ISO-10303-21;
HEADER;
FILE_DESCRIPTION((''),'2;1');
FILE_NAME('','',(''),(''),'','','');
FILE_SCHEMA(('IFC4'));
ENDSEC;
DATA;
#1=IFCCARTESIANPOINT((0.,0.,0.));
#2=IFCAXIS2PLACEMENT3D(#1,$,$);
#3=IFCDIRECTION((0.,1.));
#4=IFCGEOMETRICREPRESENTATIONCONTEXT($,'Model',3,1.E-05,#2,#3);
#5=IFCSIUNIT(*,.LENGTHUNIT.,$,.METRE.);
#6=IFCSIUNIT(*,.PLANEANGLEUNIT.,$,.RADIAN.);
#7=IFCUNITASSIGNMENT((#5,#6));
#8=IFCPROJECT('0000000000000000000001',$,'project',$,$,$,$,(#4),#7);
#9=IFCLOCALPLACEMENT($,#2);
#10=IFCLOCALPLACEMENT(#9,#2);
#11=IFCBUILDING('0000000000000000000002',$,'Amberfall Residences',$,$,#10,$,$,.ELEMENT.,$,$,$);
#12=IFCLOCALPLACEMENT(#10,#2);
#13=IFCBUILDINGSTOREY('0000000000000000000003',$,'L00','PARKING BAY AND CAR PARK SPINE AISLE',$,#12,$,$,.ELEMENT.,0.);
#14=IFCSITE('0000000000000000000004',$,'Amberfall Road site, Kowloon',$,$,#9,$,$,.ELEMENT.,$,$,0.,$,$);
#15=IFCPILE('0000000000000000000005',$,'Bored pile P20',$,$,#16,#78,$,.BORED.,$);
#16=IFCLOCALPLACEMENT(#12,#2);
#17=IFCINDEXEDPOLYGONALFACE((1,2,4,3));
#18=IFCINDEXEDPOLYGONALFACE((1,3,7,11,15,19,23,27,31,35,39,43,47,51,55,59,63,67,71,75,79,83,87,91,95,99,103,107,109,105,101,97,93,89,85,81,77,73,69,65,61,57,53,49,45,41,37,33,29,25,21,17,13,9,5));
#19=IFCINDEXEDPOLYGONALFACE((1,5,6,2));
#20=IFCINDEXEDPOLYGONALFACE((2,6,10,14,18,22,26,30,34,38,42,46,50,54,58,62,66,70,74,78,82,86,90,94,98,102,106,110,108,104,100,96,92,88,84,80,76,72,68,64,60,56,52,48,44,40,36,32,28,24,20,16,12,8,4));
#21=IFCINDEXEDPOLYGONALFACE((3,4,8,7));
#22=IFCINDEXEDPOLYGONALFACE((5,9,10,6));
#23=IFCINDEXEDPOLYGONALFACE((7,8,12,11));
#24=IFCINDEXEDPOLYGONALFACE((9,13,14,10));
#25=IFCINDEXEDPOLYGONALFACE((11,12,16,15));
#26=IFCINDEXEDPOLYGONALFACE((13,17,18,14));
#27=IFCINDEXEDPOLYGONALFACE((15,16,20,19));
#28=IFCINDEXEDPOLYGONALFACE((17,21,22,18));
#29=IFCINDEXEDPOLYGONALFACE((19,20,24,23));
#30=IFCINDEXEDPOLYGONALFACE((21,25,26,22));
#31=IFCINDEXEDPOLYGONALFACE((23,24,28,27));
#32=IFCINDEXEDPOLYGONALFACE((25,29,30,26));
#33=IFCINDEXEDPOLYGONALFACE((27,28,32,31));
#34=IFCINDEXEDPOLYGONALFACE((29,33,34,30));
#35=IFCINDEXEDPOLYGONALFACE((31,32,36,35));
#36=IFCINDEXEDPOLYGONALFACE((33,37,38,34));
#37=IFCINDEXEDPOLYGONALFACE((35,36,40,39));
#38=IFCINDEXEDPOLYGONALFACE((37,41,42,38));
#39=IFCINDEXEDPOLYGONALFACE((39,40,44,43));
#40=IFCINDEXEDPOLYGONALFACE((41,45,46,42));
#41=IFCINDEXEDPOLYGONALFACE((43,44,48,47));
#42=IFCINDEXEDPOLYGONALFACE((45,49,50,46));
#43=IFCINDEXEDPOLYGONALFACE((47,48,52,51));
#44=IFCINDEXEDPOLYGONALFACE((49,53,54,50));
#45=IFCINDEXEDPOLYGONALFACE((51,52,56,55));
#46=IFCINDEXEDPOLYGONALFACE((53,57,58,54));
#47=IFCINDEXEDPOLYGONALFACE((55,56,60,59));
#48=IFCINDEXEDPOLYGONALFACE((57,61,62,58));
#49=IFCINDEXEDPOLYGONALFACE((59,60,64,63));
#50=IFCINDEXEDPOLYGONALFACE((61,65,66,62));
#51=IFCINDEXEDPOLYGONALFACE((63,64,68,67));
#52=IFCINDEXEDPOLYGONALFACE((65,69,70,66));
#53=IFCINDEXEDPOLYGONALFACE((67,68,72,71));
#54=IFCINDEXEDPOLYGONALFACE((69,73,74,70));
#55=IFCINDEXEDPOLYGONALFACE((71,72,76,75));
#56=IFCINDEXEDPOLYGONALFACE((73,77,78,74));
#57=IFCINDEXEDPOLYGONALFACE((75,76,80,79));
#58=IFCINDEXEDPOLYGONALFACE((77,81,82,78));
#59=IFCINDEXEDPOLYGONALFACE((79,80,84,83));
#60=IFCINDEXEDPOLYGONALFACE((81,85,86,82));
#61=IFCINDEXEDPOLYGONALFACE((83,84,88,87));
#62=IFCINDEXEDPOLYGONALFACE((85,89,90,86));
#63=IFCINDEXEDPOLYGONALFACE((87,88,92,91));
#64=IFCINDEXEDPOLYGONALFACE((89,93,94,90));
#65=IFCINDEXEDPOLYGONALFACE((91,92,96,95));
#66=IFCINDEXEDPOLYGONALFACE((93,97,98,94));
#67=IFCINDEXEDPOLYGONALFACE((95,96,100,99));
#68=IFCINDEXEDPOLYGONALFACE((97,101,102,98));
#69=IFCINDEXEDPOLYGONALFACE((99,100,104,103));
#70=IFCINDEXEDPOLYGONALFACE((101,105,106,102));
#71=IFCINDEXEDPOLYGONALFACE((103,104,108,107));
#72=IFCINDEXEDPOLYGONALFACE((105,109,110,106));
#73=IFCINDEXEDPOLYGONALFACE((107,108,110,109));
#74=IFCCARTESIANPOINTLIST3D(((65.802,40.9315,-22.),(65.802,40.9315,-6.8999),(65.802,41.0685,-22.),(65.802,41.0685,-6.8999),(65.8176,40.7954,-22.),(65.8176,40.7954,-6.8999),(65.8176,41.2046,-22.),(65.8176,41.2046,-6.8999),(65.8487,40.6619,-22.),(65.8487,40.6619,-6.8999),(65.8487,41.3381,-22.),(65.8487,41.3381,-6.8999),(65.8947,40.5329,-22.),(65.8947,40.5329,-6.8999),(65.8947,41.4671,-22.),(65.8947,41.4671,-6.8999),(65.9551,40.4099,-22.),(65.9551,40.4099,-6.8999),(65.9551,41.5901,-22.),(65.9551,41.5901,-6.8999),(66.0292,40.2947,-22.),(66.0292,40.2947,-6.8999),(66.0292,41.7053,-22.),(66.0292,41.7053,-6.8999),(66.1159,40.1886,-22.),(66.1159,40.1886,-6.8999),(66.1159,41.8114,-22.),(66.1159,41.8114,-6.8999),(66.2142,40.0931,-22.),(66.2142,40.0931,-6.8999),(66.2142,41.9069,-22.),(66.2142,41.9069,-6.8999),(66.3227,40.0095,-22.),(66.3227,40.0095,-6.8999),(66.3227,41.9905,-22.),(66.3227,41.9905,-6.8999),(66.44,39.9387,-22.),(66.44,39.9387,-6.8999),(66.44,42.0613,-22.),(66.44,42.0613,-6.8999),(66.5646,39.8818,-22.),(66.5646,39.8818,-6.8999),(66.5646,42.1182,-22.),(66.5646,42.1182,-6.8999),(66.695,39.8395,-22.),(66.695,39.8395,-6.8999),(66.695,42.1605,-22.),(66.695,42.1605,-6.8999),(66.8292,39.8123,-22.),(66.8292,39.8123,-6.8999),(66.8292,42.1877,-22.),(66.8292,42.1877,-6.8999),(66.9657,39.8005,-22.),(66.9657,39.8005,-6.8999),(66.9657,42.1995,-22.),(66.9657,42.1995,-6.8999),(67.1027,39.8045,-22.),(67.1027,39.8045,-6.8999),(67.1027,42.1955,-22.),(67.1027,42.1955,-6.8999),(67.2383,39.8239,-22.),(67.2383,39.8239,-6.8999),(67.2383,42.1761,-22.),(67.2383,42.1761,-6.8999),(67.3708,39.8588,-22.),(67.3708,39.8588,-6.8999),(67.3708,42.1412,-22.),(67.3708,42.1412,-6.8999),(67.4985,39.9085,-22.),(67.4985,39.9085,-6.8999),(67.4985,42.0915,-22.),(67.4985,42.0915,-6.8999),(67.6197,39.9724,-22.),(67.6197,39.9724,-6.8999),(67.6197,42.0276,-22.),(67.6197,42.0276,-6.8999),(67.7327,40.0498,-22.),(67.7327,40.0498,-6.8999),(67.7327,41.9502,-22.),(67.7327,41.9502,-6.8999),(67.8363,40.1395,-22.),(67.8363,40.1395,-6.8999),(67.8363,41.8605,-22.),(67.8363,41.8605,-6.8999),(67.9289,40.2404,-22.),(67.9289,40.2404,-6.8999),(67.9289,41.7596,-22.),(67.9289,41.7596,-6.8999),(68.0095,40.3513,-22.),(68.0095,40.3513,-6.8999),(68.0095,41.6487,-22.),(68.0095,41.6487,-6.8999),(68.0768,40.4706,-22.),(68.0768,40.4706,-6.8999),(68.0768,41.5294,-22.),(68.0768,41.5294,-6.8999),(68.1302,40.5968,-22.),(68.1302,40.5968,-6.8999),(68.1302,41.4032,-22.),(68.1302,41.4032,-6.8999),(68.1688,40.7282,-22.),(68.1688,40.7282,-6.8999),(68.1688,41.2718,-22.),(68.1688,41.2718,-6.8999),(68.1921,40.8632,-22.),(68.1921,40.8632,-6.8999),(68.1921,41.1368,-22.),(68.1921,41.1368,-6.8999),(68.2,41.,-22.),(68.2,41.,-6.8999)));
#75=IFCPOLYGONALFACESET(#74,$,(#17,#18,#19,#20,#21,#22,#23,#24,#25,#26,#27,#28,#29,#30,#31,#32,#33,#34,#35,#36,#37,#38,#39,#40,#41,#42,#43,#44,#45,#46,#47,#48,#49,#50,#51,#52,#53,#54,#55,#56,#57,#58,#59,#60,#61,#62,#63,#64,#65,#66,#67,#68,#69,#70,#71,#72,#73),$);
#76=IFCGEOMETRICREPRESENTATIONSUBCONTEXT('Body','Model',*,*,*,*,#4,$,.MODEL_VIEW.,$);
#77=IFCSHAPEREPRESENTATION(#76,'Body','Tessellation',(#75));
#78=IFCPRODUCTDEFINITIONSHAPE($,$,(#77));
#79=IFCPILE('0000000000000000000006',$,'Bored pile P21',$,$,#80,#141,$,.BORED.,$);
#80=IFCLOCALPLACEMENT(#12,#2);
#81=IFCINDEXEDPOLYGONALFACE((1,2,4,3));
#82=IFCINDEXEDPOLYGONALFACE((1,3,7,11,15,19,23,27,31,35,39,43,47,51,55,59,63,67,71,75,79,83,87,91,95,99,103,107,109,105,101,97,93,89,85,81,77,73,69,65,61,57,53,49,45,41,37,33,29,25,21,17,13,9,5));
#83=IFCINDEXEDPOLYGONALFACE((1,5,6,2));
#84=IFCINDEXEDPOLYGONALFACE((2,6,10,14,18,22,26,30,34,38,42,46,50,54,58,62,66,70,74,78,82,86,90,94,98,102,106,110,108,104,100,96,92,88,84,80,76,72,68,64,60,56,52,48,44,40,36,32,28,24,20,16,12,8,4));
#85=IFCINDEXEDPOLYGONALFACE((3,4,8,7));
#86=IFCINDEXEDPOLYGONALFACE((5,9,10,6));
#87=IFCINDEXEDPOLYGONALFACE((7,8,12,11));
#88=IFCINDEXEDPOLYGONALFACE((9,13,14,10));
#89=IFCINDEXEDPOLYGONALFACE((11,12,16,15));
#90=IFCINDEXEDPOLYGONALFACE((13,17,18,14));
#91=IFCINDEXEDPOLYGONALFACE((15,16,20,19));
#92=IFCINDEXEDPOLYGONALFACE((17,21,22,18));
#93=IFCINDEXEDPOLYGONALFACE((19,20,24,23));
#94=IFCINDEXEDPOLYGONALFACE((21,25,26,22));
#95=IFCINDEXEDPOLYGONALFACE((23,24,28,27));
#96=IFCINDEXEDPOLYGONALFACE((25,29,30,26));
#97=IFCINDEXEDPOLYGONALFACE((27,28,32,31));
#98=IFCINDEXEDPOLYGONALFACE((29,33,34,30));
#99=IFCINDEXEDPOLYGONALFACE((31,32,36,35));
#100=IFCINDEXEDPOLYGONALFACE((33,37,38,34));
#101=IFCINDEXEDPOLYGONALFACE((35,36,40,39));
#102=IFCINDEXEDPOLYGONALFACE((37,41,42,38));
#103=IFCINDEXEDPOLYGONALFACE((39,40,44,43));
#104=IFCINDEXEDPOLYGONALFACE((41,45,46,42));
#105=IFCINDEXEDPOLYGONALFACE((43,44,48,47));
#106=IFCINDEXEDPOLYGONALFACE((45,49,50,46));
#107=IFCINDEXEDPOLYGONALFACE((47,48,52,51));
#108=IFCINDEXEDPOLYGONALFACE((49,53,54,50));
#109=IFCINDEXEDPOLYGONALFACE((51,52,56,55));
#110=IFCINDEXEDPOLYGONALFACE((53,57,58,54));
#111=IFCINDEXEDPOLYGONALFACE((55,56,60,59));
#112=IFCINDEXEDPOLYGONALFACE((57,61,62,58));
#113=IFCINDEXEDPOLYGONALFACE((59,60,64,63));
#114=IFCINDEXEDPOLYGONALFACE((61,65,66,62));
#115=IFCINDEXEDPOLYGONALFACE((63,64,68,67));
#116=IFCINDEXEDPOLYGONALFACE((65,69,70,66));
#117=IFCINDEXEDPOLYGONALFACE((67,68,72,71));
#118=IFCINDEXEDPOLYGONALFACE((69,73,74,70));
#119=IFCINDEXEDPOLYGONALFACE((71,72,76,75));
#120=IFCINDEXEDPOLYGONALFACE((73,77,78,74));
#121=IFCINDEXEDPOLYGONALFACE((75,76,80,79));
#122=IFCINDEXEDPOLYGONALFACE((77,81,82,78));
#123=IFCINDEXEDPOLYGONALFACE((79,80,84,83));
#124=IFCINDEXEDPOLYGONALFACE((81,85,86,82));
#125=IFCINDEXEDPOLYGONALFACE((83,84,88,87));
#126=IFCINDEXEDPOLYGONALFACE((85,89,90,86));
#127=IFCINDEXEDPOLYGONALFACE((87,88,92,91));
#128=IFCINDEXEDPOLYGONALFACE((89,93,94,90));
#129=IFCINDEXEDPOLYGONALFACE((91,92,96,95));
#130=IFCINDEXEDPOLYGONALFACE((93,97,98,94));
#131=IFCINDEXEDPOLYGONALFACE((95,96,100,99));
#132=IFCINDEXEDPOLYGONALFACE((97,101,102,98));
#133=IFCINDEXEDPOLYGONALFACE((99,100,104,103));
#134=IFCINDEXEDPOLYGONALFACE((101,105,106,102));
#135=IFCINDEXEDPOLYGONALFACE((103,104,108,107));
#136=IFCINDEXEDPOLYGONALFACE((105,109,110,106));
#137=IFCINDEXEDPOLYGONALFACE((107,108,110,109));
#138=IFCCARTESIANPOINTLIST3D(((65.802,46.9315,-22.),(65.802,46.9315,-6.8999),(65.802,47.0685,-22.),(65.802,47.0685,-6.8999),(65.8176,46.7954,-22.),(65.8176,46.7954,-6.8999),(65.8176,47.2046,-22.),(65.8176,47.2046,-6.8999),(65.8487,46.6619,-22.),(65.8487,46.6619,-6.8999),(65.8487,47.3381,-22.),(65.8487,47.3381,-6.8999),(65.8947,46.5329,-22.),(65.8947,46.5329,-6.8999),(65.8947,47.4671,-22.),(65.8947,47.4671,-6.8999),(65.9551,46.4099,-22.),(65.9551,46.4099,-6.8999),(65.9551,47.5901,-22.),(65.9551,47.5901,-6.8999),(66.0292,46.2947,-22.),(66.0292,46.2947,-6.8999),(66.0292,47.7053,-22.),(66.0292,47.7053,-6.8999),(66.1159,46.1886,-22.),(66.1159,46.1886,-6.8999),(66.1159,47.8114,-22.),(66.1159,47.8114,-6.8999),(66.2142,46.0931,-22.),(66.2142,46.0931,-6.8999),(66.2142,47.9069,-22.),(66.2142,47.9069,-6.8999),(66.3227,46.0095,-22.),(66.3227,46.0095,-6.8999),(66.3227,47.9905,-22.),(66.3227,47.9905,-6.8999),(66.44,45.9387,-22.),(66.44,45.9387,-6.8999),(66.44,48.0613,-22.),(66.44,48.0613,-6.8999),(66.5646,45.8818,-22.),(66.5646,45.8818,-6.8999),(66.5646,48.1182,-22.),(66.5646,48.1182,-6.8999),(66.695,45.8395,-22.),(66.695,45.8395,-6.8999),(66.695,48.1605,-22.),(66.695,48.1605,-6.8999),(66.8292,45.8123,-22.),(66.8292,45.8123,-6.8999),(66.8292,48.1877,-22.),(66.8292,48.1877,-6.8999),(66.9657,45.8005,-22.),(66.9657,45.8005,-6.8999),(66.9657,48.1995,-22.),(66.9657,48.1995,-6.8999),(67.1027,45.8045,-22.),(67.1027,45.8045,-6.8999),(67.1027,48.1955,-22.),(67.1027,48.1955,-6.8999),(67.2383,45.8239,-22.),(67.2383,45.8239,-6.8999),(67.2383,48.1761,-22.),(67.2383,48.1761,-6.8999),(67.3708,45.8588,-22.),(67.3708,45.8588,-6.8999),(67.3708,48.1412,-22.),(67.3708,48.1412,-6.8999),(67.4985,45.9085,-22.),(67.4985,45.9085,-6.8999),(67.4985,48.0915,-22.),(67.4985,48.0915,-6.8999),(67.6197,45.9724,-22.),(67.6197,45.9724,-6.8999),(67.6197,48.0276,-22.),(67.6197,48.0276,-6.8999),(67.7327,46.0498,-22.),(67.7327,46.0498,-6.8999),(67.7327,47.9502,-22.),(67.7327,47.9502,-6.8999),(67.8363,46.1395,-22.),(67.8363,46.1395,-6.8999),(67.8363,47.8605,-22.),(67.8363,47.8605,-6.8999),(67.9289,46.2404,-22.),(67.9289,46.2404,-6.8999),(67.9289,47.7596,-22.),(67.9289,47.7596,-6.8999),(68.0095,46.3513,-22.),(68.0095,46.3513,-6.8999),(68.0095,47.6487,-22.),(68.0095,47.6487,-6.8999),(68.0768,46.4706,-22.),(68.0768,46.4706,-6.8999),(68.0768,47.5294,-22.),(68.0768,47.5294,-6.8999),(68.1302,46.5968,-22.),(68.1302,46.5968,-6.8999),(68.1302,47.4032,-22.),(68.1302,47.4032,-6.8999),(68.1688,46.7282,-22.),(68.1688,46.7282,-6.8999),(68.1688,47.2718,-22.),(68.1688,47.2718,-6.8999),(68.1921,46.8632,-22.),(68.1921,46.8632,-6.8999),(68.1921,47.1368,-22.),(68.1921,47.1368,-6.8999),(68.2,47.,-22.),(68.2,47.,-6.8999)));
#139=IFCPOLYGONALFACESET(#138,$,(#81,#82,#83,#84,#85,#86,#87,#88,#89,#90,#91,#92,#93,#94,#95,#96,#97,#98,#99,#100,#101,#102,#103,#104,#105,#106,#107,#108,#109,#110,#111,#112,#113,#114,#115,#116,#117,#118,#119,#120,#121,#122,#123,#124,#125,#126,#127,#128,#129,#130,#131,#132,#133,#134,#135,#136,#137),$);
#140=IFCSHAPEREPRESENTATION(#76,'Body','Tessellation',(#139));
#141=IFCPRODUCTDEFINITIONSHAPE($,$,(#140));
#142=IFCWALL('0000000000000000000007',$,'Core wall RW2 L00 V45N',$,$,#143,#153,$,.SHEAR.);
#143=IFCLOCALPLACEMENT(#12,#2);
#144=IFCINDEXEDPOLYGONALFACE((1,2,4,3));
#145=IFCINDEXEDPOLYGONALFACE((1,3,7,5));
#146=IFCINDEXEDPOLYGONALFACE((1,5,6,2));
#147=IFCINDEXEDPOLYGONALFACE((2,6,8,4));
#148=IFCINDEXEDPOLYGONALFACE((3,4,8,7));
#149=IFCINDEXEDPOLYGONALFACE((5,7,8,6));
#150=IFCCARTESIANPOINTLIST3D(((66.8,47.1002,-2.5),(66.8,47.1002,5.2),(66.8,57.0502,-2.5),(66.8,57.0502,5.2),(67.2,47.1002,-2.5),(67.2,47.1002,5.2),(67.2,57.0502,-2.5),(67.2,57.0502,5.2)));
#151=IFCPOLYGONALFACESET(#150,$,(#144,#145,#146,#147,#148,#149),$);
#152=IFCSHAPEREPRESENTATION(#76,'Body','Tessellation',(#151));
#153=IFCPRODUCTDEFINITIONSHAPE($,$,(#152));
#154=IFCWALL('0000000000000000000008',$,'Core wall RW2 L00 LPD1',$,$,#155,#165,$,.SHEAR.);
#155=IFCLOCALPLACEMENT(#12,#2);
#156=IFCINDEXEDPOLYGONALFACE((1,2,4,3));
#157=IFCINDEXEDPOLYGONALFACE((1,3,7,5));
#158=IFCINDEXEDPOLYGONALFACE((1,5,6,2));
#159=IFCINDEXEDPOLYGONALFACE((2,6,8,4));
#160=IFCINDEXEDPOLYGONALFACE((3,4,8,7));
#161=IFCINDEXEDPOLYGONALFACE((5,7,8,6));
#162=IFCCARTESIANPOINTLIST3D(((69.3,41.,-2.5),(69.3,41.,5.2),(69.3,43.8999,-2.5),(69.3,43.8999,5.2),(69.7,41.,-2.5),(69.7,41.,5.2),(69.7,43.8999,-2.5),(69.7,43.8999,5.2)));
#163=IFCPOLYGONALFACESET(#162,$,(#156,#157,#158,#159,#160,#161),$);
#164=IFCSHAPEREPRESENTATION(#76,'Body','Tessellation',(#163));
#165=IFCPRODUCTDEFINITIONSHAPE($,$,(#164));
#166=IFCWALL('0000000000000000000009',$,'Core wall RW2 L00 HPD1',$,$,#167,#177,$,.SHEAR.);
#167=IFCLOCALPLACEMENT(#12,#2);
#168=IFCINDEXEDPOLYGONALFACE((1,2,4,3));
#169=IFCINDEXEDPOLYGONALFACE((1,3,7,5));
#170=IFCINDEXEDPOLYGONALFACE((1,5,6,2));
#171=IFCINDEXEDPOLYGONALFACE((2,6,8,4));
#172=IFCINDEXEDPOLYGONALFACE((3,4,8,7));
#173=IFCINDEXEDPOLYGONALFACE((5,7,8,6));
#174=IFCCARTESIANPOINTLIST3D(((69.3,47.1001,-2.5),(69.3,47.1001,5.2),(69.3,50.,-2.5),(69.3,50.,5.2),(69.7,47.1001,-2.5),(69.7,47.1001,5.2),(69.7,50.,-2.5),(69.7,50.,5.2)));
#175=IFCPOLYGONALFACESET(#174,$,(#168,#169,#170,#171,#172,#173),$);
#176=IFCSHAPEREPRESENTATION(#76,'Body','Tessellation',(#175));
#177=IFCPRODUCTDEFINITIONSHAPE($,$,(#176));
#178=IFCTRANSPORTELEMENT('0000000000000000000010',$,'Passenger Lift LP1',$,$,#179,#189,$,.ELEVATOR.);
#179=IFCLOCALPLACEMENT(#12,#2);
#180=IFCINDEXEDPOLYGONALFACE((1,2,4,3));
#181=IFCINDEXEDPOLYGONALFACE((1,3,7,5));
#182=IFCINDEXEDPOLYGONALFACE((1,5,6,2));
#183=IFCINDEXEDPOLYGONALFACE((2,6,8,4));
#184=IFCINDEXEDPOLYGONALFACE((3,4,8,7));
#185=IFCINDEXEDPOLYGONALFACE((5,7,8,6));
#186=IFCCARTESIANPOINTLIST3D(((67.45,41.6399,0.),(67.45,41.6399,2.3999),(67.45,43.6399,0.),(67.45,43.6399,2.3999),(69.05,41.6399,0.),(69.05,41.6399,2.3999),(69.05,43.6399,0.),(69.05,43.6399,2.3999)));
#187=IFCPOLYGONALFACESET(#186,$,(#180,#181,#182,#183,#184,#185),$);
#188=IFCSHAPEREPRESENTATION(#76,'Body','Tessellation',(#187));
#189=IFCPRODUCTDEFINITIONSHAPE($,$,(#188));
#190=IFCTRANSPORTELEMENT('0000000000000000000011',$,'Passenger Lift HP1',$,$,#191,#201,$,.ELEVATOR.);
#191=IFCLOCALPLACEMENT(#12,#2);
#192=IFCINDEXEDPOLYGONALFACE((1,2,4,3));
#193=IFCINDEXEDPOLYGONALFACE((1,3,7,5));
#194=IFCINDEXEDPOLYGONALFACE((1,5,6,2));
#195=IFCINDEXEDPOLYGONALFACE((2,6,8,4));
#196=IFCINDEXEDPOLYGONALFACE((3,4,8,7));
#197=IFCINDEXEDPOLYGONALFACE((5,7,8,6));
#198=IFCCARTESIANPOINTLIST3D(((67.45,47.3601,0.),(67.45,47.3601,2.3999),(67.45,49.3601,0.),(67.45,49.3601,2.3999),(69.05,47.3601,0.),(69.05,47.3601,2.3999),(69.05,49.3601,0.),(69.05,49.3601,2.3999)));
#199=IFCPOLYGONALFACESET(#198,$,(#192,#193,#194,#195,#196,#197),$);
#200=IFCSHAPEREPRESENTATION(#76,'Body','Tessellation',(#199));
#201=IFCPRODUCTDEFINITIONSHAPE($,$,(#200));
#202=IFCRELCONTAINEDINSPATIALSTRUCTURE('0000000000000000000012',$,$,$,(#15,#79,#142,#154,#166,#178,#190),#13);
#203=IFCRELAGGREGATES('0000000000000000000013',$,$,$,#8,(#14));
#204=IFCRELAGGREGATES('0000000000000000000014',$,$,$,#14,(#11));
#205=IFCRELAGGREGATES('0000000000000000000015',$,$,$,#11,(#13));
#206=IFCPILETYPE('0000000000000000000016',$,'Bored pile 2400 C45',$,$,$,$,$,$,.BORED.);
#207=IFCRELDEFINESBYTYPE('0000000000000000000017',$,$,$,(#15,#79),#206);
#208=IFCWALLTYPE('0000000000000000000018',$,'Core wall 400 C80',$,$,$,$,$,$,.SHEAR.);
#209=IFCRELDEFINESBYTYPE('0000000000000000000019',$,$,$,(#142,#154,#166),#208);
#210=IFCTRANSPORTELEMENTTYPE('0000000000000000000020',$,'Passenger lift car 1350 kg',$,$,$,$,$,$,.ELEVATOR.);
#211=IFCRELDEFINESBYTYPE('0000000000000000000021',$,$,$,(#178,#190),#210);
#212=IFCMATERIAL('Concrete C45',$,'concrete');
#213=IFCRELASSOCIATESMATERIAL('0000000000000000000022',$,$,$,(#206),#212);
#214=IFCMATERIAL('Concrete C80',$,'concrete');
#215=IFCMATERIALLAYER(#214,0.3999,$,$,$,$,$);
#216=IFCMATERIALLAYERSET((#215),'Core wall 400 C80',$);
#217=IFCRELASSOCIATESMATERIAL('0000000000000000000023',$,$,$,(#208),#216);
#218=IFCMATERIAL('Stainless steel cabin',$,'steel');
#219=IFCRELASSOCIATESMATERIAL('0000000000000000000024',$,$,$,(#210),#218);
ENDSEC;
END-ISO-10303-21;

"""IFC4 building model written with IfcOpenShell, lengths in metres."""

from ifc_helpers import new_model, si_unit, direction, frame, frame_2d, origin, origin_2d, place, context, subcontext, project, spatial, rectangle, circle, extrude, material, layer, layer_set, material_profile, profile_set, type_object, element, save


model = new_model("IFC4")

# Units and contexts
model_context = context("Model", 3, precision=1e-05, world=origin(), true_north=direction((0.0, 1.0)))
body_context = subcontext(model_context, "Body", "Model", "MODEL_VIEW")
ifc_project = project(units=[si_unit("LENGTHUNIT", "METRE"), si_unit("PLANEANGLEUNIT", "RADIAN")], contexts=[model_context])

# Site, building, storey
site_placement = place(None, origin())
site = spatial("IfcSite", under=ifc_project, at=site_placement, Name="Amberfall Road site, Kowloon", CompositionType="ELEMENT", RefElevation=0.0)
building_placement = place(site_placement, origin())
building = spatial("IfcBuilding", under=site, at=building_placement, Name="Amberfall Residences", CompositionType="ELEMENT")
storey_placement = place(building_placement, origin())
storey = spatial("IfcBuildingStorey", under=building, at=storey_placement, Name="L00", Description="PARKING BAY AND CAR PARK SPINE AISLE", CompositionType="ELEMENT", Elevation=0.0)

# Piles
ifc_material_1 = material(Name="Concrete C45", Category="concrete")
ifc_material_profile = material_profile(ifc_material_1, circle(Radius=1.2, at=origin_2d()), Name="Bored pile 2400 C45")
ifc_profile_set = profile_set([ifc_material_profile], Name="Concrete C45")
pile_type = type_object("IfcPileType", Name="Bored pile 2400 C45", PredefinedType="BORED", material=ifc_profile_set)
for number, where, z_axis, x_axis, name in (
    (1, (67.0, 41.0, -6.8999), (0.0, 0.0, -1.0), (1.0, 0.0, 0.0), "Bored pile P20"),
    (2, (67.0, 47.0, -6.8999), (0.0, 0.0, -1.0), (1.0, 0.0, 0.0), "Bored pile P21"),
):
    element("IfcPile", number, at=place(storey_placement, frame(where, z_axis=z_axis, x_axis=x_axis)), inside=storey, type_object=pile_type, Name=name, PredefinedType="BORED", context=body_context, shape_type="SweptSolid", body=[
        extrude(circle(Radius=1.2, at=origin_2d()), origin(), (0.0, 0.0, 1.0), 15.1001),
    ])

# Walls
ifc_material_2 = material(Name="Concrete C80", Category="concrete")
ifc_layer = layer(ifc_material_2, 0.3999)
ifc_layer_set = layer_set([ifc_layer], Name="Core wall 400 C80")
wall_type = type_object("IfcWallType", Name="Core wall 400 C80", PredefinedType="SHEAR", material=ifc_layer_set)
wall_placement = place(storey_placement, frame((67.0, 47.1001, -2.5), z_axis=(0.0, 0.0, 1.0), x_axis=(0.0, 1.0, 0.0)))
element("IfcWall", 3, at=wall_placement, inside=storey, type_object=wall_type, Name="Core wall RW2 L00 V45N", PredefinedType="SHEAR", context=body_context, shape_type="SweptSolid", body=[
    extrude(rectangle(XDim=9.95, YDim=0.3999, at=frame_2d((4.9751, 0.0))), origin(), (0.0, 0.0, 1.0), 7.7),
])
for number, where, z_axis, x_axis, name in (
    (4, (69.5, 41.0, -2.5), (0.0, 0.0, 1.0), (0.0, 1.0, 0.0), "Core wall RW2 L00 LPD1"),
    (5, (69.5, 47.1001, -2.5), (0.0, 0.0, 1.0), (0.0, 1.0, 0.0), "Core wall RW2 L00 HPD1"),
):
    element("IfcWall", number, at=place(storey_placement, frame(where, z_axis=z_axis, x_axis=x_axis)), inside=storey, type_object=wall_type, Name=name, PredefinedType="SHEAR", context=body_context, shape_type="SweptSolid", body=[
        extrude(rectangle(XDim=2.8999, YDim=0.3999, at=frame_2d((1.45, 0.0))), origin(), (0.0, 0.0, 1.0), 7.7),
    ])

# Transport elements
ifc_material_3 = material(Name="Stainless steel cabin", Category="steel")
transport_element_type = type_object("IfcTransportElementType", Name="Passenger lift car 1350 kg", PredefinedType="ELEVATOR", material=ifc_material_3)
for number, where, z_axis, x_axis, name in (
    (6, (68.25, 42.6399, 0.0), (0.0, 0.0, 1.0), (1.0, 0.0, 0.0), "Passenger Lift LP1"),
    (7, (68.25, 48.3601, 0.0), (0.0, 0.0, 1.0), (1.0, 0.0, 0.0), "Passenger Lift HP1"),
):
    element("IfcTransportElement", number, at=place(storey_placement, frame(where, z_axis=z_axis, x_axis=x_axis)), inside=storey, type_object=transport_element_type, Name=name, PredefinedType="ELEVATOR", context=body_context, shape_type="SweptSolid", body=[
        extrude(rectangle(XDim=1.6001, YDim=2.0, at=origin_2d()), origin(), (0.0, 0.0, 1.0), 2.3999),
    ])

save(model, "model.ifc")
